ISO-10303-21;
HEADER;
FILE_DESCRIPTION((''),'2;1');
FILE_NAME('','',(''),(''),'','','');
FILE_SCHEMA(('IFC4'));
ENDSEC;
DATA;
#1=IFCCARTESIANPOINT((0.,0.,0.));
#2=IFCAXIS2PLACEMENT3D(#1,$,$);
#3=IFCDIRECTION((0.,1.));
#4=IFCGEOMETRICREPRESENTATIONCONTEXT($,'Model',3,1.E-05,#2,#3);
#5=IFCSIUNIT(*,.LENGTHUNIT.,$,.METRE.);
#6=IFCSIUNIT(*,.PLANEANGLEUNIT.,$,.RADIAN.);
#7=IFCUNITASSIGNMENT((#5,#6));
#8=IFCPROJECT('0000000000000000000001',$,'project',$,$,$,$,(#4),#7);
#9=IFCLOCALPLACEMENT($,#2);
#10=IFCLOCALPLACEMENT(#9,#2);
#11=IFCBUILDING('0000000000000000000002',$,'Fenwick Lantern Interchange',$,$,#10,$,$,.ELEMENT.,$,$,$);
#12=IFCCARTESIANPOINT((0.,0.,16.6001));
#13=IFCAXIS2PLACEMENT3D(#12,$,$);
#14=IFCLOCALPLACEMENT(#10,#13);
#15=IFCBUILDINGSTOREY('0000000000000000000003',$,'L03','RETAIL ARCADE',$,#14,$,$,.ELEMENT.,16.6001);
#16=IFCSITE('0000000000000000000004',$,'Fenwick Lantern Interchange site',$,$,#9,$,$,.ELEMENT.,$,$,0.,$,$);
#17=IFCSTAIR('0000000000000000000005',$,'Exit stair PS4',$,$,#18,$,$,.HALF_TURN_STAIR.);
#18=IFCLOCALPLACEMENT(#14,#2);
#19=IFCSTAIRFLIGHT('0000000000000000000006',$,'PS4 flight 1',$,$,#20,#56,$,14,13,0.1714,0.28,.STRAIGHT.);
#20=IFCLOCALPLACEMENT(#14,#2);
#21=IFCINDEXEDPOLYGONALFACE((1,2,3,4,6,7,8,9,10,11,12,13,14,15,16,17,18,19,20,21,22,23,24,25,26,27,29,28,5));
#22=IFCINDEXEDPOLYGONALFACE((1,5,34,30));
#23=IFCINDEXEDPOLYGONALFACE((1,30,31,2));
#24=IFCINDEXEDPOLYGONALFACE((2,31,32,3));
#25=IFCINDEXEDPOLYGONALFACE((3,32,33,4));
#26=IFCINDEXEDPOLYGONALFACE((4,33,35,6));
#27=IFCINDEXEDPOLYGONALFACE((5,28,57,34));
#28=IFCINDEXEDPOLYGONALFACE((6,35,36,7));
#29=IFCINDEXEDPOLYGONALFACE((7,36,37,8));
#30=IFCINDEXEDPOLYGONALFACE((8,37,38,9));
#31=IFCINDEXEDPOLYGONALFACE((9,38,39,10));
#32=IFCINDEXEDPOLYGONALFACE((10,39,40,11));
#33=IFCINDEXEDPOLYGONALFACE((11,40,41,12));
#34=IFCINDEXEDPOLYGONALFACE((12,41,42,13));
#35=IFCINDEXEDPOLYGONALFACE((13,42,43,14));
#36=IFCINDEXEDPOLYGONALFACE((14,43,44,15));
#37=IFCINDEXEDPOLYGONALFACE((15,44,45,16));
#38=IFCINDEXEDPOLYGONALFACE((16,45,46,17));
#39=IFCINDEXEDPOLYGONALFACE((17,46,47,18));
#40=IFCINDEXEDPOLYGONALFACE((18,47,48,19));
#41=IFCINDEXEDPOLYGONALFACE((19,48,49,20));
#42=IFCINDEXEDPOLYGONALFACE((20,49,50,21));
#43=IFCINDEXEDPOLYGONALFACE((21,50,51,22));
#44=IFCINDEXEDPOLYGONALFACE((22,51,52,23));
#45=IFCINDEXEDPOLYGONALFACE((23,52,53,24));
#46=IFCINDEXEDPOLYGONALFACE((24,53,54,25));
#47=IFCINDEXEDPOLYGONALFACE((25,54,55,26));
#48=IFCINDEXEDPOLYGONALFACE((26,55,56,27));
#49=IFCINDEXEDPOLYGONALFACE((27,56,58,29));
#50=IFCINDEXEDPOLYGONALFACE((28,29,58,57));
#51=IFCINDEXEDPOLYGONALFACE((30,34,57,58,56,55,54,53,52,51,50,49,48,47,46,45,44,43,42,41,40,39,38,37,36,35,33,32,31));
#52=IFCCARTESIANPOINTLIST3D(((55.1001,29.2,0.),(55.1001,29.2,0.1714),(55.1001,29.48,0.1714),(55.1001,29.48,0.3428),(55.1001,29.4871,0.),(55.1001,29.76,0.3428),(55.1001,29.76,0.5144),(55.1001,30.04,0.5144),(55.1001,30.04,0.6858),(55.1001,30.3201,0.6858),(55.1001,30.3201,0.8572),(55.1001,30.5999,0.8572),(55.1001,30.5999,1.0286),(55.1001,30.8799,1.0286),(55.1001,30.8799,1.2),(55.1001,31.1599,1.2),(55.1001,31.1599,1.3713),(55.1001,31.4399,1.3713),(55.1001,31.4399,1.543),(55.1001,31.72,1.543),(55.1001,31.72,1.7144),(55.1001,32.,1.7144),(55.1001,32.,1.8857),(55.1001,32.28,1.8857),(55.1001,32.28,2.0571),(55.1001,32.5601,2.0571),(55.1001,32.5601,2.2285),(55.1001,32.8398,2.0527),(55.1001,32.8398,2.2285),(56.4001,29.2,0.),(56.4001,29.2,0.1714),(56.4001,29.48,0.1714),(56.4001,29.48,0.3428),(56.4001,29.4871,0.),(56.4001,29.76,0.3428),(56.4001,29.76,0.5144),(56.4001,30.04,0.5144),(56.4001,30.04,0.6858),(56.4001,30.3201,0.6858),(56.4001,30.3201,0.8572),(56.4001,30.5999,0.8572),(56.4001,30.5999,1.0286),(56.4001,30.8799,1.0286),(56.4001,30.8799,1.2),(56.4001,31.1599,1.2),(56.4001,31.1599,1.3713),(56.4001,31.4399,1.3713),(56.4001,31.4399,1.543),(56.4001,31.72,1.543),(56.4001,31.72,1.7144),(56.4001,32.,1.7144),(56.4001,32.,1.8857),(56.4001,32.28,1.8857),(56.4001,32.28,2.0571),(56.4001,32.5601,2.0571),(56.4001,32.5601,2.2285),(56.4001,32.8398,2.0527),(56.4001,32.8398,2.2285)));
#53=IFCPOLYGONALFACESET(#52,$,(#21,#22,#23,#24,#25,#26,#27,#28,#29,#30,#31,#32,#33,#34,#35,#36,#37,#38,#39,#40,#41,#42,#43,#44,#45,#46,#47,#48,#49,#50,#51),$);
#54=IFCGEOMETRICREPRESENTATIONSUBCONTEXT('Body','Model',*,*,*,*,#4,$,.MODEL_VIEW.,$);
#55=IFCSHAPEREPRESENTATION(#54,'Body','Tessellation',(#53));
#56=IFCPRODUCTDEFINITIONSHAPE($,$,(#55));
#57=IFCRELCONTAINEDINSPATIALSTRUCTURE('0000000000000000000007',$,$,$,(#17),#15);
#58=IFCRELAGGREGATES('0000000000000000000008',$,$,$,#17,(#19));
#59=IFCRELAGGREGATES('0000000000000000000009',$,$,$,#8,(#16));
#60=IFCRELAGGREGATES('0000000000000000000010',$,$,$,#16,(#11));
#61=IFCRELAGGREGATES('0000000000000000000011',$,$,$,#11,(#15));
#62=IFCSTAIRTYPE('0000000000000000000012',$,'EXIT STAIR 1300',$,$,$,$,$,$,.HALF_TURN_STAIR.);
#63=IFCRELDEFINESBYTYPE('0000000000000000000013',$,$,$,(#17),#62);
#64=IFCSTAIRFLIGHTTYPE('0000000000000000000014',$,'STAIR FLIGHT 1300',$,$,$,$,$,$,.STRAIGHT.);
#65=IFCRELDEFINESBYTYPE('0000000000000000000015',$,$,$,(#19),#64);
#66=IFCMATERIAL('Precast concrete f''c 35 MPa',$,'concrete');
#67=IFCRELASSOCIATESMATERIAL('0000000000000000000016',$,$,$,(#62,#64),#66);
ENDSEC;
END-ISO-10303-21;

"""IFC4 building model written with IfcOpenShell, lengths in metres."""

from ifc_helpers import new_model, si_unit, direction, frame, origin, place, context, subcontext, project, spatial, polyline, outline, extrude, material, type_object, element, aggregate, save


model = new_model("IFC4")

# Units and contexts
model_context = context("Model", 3, precision=1e-05, world=origin(), true_north=direction((0.0, 1.0)))
body_context = subcontext(model_context, "Body", "Model", "MODEL_VIEW")
ifc_project = project(units=[si_unit("LENGTHUNIT", "METRE"), si_unit("PLANEANGLEUNIT", "RADIAN")], contexts=[model_context])

# Site, building, storey
site_placement = place(None, origin())
site = spatial("IfcSite", under=ifc_project, at=site_placement, Name="Fenwick Lantern Interchange site", CompositionType="ELEMENT", RefElevation=0.0)
building_placement = place(site_placement, origin())
building = spatial("IfcBuilding", under=site, at=building_placement, Name="Fenwick Lantern Interchange", CompositionType="ELEMENT")
storey_placement = place(building_placement, frame((0.0, 0.0, 16.6001)))
storey = spatial("IfcBuildingStorey", under=building, at=storey_placement, Name="L03", Description="RETAIL ARCADE", CompositionType="ELEMENT", Elevation=16.6001)

# Stair, stair flight
ifc_material_1 = material(Name="Precast concrete f'c 35 MPa", Category="concrete")
stair_type = type_object("IfcStairType", Name="EXIT STAIR 1300", PredefinedType="HALF_TURN_STAIR", material=ifc_material_1)
stair_placement = place(storey_placement, origin())
stair = element("IfcStair", 1, at=stair_placement, inside=storey, type_object=stair_type, Name="Exit stair PS4", PredefinedType="HALF_TURN_STAIR")
stair_flight_type = type_object("IfcStairFlightType", Name="STAIR FLIGHT 1300", PredefinedType="STRAIGHT", material=ifc_material_1)
stair_flight_placement = place(storey_placement, frame((55.75, 29.2, 0.0), z_axis=(0.0, 0.0, 1.0), x_axis=(0.0, 1.0, 0.0)))
stair_flight = element("IfcStairFlight", 2, at=stair_flight_placement, type_object=stair_flight_type, Name="PS4 flight 1", NumberOfRisers=14, NumberOfTreads=13, PredefinedType="STRAIGHT", RiserHeight=0.1714, TreadLength=0.28, context=body_context, shape_type="SweptSolid", body=[
    extrude(outline(polyline([(0.0, 0.0), (0.0, 0.1714), (0.28, 0.1714), (0.28, 0.3428), (0.5601, 0.3428), (0.5601, 0.5144), (0.8401, 0.5144), (0.8401, 0.6858), (1.1201, 0.6858), (1.1201, 0.8572), (1.3999, 0.8572), (1.3999, 1.0286), (1.6799, 1.0286), (1.6799, 1.2), (1.96, 1.2), (1.96, 1.3713), (2.24, 1.3713), (2.24, 1.543), (2.52, 1.543), (2.52, 1.7144), (2.8, 1.7144), (2.8, 1.8857), (3.0801, 1.8857), (3.0801, 2.0571), (3.3601, 2.0571), (3.3601, 2.2285), (3.6399, 2.2285), (3.6399, 2.3999), (3.6399, 2.0527), (0.2871, 0.0), (0.0, 0.0)])), frame((0.0, 0.6499, 0.0), z_axis=(0.0, -1.0, 0.0), x_axis=(1.0, 0.0, 0.0)), (0.0, 0.0, 1.0), 1.3),
])
aggregate(stair, [stair_flight])

save(model, "model.ifc")
